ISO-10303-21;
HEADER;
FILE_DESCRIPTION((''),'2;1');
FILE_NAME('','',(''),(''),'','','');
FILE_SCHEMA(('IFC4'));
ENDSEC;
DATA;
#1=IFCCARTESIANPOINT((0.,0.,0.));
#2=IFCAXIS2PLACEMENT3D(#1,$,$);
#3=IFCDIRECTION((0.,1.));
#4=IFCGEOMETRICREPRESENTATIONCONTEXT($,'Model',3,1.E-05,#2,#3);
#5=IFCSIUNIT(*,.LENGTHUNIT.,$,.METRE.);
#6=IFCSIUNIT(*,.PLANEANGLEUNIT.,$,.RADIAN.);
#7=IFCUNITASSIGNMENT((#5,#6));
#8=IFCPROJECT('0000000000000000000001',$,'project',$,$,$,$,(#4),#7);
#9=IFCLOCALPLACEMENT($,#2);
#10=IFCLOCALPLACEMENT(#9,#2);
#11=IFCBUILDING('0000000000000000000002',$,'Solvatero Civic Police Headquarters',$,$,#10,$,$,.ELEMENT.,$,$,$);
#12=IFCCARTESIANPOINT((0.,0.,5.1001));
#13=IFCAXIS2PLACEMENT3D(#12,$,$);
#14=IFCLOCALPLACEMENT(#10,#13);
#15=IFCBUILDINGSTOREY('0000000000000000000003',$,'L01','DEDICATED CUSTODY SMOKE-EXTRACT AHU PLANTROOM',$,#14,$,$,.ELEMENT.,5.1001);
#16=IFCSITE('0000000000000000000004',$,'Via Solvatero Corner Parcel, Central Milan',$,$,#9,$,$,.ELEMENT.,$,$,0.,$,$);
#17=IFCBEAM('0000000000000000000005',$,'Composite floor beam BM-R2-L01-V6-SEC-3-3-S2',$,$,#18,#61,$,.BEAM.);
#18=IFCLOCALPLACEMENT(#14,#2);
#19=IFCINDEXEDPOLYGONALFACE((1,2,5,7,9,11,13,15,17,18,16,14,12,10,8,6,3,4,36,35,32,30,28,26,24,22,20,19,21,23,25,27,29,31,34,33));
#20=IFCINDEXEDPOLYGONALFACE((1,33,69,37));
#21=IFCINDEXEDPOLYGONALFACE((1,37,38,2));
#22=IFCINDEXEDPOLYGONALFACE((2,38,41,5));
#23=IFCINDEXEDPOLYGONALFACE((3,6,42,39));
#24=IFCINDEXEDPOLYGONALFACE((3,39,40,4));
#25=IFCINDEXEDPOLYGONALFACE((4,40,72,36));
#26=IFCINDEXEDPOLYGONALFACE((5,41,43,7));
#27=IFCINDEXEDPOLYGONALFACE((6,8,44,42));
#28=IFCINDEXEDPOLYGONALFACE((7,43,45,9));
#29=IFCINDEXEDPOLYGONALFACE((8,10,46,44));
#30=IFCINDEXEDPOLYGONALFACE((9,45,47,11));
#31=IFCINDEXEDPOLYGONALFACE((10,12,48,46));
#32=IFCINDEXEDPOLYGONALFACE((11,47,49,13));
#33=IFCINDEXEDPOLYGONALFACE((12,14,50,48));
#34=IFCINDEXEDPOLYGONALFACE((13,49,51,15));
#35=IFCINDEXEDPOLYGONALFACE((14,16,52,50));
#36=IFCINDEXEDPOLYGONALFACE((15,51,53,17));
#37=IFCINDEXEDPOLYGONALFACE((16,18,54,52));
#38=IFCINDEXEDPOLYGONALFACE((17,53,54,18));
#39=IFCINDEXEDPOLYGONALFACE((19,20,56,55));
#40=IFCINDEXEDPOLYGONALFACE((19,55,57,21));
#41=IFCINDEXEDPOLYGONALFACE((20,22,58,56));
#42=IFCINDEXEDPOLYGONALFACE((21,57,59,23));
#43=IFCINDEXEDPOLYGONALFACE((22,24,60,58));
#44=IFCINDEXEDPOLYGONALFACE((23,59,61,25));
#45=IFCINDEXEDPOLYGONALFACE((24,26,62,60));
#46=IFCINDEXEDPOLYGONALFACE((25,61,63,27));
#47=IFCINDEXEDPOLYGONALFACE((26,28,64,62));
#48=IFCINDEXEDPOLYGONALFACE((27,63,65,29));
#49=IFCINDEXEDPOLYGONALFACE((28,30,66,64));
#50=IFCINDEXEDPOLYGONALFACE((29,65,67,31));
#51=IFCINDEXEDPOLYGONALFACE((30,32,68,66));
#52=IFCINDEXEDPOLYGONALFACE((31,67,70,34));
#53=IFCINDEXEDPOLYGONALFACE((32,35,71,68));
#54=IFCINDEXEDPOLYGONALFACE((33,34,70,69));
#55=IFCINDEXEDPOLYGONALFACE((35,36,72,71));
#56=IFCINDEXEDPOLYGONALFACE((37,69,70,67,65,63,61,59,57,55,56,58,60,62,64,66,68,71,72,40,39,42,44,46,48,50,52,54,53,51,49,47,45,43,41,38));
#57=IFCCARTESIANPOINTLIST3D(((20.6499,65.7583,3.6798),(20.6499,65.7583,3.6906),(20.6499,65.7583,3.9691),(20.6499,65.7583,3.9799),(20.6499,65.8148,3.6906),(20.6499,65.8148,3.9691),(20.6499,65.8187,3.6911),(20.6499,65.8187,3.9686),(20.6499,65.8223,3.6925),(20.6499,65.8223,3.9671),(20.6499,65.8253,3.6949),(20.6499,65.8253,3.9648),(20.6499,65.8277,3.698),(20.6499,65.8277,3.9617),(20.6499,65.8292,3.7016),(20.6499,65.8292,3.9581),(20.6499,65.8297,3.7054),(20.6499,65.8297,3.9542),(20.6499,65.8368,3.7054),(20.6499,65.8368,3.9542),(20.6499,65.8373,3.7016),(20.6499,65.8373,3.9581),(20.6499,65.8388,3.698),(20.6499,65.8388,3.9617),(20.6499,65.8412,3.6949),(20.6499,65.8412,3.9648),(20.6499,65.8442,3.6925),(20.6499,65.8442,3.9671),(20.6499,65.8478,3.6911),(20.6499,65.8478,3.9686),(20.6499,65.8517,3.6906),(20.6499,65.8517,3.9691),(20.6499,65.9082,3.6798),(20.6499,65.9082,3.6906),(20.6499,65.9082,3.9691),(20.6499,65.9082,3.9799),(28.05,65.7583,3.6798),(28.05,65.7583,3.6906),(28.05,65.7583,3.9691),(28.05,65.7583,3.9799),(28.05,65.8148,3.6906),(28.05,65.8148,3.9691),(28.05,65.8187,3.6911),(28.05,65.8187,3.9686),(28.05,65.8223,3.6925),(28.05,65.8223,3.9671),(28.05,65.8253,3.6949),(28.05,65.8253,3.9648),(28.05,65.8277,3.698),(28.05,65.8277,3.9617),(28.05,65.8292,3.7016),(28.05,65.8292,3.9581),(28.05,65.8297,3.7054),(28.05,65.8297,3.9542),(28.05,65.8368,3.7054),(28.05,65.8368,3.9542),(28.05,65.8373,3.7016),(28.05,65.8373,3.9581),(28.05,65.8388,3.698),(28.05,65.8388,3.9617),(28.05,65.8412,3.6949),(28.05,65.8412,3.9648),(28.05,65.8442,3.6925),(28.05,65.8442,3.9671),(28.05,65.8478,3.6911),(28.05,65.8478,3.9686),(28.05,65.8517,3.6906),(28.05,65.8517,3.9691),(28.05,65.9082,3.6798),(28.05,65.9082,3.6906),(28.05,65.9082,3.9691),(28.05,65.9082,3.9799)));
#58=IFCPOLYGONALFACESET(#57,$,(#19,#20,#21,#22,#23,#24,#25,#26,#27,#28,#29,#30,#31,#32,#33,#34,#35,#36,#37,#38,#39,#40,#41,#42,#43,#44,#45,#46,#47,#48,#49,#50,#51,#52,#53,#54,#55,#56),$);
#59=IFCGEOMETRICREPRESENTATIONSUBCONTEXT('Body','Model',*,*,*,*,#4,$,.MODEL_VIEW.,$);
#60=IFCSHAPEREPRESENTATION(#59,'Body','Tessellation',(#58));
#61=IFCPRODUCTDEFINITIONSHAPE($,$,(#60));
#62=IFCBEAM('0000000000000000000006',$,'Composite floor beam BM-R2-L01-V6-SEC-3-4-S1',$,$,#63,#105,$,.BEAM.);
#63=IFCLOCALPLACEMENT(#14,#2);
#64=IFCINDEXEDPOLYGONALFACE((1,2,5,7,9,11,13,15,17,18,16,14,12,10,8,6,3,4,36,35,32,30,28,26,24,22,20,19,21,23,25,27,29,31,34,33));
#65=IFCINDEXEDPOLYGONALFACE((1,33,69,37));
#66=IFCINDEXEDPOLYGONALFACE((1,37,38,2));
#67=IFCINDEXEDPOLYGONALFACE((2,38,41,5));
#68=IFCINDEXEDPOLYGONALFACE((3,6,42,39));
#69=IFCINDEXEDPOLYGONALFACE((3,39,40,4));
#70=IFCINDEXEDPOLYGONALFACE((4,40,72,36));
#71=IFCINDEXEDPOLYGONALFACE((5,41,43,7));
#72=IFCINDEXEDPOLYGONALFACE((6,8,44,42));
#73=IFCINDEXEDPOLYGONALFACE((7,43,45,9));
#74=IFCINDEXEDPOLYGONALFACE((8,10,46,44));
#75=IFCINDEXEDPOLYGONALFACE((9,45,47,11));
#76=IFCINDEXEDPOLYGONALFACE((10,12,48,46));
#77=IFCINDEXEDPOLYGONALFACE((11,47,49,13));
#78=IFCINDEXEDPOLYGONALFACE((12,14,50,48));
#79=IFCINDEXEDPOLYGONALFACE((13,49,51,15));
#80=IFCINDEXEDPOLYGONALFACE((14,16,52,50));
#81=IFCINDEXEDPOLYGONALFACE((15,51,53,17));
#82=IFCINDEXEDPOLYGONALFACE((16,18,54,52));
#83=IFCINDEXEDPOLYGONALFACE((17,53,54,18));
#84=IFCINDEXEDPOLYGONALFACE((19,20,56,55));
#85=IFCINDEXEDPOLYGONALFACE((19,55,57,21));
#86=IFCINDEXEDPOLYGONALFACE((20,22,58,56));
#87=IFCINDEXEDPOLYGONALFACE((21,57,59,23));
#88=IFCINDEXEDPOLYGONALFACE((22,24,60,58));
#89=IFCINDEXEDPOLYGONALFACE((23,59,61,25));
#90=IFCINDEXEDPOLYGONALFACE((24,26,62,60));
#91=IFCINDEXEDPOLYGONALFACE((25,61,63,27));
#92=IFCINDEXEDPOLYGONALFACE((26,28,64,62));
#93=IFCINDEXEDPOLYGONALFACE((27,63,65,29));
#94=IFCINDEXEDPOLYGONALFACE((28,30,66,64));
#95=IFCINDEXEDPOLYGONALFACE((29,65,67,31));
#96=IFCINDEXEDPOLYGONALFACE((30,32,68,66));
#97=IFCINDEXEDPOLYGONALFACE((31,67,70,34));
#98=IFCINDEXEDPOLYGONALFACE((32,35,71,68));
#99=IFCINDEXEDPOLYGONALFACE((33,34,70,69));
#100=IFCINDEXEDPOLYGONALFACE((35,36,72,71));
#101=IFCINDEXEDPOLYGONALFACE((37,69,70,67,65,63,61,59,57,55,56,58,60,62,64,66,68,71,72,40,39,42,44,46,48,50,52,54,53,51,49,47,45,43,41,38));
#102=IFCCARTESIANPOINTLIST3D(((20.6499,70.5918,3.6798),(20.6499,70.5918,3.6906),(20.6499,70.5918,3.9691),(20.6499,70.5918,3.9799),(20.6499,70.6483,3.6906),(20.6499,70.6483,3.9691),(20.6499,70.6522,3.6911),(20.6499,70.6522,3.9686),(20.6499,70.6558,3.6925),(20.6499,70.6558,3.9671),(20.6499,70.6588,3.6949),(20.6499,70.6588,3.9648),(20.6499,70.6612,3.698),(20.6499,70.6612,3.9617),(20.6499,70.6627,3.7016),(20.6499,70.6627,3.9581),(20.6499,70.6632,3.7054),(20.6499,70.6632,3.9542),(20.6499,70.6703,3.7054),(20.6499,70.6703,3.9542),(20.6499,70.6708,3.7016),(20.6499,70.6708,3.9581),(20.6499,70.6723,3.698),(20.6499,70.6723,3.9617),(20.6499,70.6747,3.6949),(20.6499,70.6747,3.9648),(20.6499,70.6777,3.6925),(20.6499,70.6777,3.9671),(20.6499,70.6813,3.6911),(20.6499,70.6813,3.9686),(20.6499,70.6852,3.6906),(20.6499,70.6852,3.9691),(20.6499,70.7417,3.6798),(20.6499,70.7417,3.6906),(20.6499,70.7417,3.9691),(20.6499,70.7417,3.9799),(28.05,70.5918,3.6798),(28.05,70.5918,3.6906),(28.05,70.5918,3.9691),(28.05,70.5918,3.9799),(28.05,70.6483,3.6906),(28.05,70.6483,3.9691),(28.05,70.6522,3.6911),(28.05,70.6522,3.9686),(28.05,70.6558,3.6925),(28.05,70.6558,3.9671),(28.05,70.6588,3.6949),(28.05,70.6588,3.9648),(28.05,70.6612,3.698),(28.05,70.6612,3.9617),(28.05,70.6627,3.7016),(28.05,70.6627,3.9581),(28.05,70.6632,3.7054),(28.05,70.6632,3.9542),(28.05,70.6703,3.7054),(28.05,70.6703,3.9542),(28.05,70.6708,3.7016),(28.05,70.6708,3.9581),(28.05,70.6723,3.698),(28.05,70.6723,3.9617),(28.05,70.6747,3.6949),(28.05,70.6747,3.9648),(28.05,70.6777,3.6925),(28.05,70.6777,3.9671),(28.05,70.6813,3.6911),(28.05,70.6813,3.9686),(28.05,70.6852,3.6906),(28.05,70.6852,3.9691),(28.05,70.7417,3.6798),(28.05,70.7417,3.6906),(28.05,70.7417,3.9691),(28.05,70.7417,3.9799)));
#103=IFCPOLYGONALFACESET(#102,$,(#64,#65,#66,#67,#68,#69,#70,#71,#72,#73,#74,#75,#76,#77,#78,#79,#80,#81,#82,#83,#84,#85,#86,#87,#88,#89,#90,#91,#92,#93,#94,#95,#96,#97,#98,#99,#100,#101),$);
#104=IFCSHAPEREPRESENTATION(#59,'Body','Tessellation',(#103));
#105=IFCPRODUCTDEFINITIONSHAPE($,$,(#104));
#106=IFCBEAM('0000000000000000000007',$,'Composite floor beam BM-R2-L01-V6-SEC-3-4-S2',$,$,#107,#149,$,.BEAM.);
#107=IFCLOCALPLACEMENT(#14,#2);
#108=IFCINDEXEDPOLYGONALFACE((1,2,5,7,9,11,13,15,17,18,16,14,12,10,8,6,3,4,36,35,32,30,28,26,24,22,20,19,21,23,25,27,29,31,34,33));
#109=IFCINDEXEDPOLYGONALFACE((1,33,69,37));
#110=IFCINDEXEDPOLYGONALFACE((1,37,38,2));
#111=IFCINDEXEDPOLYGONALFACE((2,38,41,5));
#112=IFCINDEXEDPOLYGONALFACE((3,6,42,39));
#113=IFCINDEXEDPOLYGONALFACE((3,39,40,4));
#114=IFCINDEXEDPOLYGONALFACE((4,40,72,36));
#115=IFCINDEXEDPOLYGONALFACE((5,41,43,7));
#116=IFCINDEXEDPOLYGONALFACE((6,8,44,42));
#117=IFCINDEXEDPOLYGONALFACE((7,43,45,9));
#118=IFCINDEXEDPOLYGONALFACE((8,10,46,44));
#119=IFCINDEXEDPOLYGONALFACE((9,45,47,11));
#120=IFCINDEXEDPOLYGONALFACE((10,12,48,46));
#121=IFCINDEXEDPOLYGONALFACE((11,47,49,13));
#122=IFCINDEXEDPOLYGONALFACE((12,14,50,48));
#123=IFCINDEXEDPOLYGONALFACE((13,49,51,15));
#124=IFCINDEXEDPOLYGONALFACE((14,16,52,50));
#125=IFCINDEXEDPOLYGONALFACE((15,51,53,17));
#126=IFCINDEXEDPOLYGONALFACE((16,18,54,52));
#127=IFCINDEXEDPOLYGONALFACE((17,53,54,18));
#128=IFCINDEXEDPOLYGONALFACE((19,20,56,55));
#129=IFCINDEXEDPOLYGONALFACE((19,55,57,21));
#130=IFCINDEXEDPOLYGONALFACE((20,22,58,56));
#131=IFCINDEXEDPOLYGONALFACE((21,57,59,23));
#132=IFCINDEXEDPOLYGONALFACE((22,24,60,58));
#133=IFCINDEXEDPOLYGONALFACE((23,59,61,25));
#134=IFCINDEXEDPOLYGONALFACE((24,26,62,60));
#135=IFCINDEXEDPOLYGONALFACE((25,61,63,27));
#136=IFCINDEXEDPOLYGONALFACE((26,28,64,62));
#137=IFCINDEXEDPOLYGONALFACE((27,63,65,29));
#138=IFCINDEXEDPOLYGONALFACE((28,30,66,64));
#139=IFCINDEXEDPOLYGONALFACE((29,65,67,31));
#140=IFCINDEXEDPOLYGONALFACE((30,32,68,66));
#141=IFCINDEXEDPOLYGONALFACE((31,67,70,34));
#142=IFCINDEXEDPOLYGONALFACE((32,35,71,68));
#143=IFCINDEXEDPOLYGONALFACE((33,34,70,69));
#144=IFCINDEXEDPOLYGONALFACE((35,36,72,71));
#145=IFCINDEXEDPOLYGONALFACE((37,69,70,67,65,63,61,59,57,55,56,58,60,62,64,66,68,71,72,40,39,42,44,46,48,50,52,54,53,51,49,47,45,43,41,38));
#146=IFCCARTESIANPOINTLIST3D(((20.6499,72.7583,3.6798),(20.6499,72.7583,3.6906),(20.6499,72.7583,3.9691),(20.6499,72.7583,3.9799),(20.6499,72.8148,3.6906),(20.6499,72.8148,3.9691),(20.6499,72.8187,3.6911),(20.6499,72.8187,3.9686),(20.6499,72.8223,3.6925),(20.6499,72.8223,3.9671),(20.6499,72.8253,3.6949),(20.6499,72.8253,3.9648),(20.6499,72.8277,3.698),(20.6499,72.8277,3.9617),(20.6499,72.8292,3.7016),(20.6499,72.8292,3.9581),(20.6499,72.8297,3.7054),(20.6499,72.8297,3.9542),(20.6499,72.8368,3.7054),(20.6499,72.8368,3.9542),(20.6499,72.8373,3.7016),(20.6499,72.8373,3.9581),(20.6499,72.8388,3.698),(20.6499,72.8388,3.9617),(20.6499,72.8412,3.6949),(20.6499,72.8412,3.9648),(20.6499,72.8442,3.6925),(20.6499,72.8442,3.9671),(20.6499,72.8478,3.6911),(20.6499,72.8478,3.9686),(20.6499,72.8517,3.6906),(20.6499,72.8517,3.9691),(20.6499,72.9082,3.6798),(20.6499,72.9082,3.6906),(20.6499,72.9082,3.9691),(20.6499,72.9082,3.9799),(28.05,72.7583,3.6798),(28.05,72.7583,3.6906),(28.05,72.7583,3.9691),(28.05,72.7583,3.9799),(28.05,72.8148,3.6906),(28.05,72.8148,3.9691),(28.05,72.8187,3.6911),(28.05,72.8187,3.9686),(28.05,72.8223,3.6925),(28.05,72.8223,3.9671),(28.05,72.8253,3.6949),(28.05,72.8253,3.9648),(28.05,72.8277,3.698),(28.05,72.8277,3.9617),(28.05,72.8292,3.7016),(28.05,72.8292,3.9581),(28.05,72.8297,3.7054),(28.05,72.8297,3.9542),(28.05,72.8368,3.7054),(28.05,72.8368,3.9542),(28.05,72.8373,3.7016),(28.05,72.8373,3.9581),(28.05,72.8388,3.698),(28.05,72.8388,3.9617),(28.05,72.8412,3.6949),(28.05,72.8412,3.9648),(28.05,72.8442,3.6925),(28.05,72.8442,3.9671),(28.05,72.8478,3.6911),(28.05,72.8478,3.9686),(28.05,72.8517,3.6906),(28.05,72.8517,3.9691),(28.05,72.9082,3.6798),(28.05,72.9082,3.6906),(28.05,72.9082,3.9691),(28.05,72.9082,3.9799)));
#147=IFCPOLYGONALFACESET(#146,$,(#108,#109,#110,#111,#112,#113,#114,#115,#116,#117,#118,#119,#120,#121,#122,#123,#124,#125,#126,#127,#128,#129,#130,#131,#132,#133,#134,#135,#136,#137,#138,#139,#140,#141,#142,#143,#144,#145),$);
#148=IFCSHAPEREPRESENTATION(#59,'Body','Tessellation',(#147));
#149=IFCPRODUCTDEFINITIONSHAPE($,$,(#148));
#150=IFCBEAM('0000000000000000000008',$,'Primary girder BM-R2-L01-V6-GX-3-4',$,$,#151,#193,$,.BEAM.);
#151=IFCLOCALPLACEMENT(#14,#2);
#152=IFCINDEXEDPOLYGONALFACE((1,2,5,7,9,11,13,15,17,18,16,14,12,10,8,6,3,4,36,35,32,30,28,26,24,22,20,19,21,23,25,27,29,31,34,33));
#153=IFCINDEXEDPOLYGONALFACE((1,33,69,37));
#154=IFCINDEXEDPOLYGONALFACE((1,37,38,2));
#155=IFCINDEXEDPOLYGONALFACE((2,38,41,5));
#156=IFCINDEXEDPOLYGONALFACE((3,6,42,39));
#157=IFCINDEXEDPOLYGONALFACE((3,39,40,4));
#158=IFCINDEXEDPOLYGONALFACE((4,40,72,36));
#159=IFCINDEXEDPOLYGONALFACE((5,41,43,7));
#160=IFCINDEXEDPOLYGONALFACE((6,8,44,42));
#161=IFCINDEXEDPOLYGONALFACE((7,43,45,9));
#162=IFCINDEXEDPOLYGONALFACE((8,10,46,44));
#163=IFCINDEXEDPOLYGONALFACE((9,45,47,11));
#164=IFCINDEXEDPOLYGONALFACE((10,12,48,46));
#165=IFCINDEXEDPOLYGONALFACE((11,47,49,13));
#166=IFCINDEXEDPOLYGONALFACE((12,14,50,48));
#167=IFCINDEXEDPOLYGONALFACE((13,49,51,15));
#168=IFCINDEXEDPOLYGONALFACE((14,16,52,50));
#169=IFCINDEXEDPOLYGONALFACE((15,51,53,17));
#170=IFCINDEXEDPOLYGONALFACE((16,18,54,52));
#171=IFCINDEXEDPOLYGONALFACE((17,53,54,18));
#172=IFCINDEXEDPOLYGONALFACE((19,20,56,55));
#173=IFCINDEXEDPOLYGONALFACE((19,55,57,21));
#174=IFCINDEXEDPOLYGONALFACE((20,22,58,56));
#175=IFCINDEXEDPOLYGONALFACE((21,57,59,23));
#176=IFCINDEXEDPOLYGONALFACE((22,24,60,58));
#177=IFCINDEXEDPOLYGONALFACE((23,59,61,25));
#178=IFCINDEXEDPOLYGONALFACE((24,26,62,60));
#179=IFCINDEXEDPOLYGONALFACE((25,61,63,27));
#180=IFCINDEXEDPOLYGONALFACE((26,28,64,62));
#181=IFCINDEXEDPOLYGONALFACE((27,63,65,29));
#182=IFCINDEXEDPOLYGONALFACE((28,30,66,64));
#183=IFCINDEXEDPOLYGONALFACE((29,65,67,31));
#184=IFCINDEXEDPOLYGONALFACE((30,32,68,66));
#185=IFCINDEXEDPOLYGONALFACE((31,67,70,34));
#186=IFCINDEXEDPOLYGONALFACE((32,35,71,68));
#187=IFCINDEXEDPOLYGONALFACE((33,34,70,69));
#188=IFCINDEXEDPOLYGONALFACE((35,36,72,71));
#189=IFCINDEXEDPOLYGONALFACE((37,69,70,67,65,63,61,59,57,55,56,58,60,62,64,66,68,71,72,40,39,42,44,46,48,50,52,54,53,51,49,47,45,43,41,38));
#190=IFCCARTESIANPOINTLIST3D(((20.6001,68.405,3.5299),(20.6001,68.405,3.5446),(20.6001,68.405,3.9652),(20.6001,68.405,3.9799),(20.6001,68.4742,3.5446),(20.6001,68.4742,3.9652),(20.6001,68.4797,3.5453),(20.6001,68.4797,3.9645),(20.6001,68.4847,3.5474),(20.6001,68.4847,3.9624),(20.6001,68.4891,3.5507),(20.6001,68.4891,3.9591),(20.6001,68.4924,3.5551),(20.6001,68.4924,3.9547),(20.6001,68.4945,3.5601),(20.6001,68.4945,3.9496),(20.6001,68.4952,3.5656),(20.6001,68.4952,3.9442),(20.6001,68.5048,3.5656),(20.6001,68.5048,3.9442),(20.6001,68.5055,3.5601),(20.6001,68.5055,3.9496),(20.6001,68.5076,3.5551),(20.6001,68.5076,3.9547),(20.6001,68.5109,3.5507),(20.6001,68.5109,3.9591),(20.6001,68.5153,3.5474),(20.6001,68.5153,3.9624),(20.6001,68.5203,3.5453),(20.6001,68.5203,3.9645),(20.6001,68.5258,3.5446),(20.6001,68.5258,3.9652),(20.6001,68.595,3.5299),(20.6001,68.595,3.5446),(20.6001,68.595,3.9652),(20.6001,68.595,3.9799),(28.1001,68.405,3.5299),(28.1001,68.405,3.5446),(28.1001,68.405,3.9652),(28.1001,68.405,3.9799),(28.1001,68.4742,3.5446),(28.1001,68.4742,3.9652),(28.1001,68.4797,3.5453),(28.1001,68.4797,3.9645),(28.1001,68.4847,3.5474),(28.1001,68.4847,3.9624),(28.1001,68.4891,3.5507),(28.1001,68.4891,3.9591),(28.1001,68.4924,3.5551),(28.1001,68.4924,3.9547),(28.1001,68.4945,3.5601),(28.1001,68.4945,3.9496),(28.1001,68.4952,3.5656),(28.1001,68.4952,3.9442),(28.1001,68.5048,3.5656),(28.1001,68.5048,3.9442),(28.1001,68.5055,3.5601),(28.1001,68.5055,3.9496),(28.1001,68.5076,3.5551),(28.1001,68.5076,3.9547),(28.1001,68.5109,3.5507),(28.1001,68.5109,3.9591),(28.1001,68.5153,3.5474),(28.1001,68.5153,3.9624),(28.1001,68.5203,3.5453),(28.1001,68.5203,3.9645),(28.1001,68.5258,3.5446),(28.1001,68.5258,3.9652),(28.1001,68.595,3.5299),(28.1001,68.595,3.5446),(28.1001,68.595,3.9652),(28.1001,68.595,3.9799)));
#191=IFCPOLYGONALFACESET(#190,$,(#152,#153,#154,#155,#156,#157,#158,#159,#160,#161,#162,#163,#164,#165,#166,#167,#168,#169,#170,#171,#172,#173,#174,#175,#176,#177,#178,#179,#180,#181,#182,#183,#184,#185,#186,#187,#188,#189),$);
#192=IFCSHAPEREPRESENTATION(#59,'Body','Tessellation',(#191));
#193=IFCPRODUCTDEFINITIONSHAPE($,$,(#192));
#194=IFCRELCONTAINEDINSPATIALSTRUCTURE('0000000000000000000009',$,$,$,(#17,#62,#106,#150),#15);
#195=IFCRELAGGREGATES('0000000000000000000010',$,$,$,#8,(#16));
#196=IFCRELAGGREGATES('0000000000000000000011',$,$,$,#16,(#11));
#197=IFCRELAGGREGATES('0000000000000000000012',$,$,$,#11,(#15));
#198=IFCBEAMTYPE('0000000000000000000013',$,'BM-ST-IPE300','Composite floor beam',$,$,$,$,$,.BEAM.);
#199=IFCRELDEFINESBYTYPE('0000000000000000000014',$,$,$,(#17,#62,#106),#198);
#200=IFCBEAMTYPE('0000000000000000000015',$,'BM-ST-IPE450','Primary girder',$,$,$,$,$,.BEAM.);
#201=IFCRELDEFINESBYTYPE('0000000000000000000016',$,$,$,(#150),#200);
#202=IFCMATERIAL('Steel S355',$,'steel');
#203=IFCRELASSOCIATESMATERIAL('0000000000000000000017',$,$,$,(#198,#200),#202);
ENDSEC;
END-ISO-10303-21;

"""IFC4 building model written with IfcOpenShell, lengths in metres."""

from ifc_helpers import new_model, si_unit, direction, frame, origin, origin_2d, place, context, subcontext, project, spatial, i_section, extrude, material, material_profile, profile_set, type_object, element, save


model = new_model("IFC4")

# Units and contexts
model_context = context("Model", 3, precision=1e-05, world=origin(), true_north=direction((0.0, 1.0)))
body_context = subcontext(model_context, "Body", "Model", "MODEL_VIEW")
ifc_project = project(units=[si_unit("LENGTHUNIT", "METRE"), si_unit("PLANEANGLEUNIT", "RADIAN")], contexts=[model_context])

# Site, building, storey
site_placement = place(None, origin())
site = spatial("IfcSite", under=ifc_project, at=site_placement, Name="Via Solvatero Corner Parcel, Central Milan", CompositionType="ELEMENT", RefElevation=0.0)
building_placement = place(site_placement, origin())
building = spatial("IfcBuilding", under=site, at=building_placement, Name="Solvatero Civic Police Headquarters", CompositionType="ELEMENT")
storey_placement = place(building_placement, frame((0.0, 0.0, 5.1001)))
storey = spatial("IfcBuildingStorey", under=building, at=storey_placement, Name="L01", Description="DEDICATED CUSTODY SMOKE-EXTRACT AHU PLANTROOM", CompositionType="ELEMENT", Elevation=5.1001)

# Shared definitions
ifc_material_1 = material(Name="Steel S355", Category="steel")

# Beams
ifc_material_profile_1 = material_profile(ifc_material_1, i_section(OverallWidth=0.1499, OverallDepth=0.3, WebThickness=0.0071, FlangeThickness=0.0107, FilletRadius=0.0149, at=origin_2d()), Name="IPE 300")
ifc_profile_set_1 = profile_set([ifc_material_profile_1], Name="Steel S355")
beam_type_1 = type_object("IfcBeamType", Name="BM-ST-IPE300", Description="Composite floor beam", PredefinedType="BEAM", material=ifc_profile_set_1)
for number, where, z_axis, x_axis, name in (
    (1, (20.6499, 65.8333, 3.8298), (1.0, 0.0, 0.0), (0.0, 1.0, 0.0), "Composite floor beam BM-R2-L01-V6-SEC-3-3-S2"),
    (2, (20.6499, 70.6667, 3.8298), (1.0, 0.0, 0.0), (0.0, 1.0, 0.0), "Composite floor beam BM-R2-L01-V6-SEC-3-4-S1"),
    (3, (20.6499, 72.8333, 3.8298), (1.0, 0.0, 0.0), (0.0, 1.0, 0.0), "Composite floor beam BM-R2-L01-V6-SEC-3-4-S2"),
):
    element("IfcBeam", number, at=place(storey_placement, frame(where, z_axis=z_axis, x_axis=x_axis)), inside=storey, type_object=beam_type_1, Name=name, PredefinedType="BEAM", context=body_context, shape_type="SweptSolid", body=[
        extrude(i_section(OverallWidth=0.1499, OverallDepth=0.3, WebThickness=0.0071, FlangeThickness=0.0107, FilletRadius=0.0149, at=origin_2d()), origin(), (0.0, 0.0, 1.0), 7.4001),
    ])
ifc_material_profile_2 = material_profile(ifc_material_1, i_section(OverallWidth=0.1899, OverallDepth=0.45, WebThickness=0.0095, FlangeThickness=0.0146, FilletRadius=0.021, at=origin_2d()), Name="IPE 450")
ifc_profile_set_2 = profile_set([ifc_material_profile_2], Name="Steel S355")
beam_type_2 = type_object("IfcBeamType", Name="BM-ST-IPE450", Description="Primary girder", PredefinedType="BEAM", material=ifc_profile_set_2)
for number, where, z_axis, x_axis, name in (
    (4, (20.6001, 68.5, 3.7549), (1.0, 0.0, 0.0), (0.0, 1.0, 0.0), "Primary girder BM-R2-L01-V6-GX-3-4"),
):
    element("IfcBeam", number, at=place(storey_placement, frame(where, z_axis=z_axis, x_axis=x_axis)), inside=storey, type_object=beam_type_2, Name=name, PredefinedType="BEAM", context=body_context, shape_type="SweptSolid", body=[
        extrude(i_section(OverallWidth=0.1899, OverallDepth=0.45, WebThickness=0.0095, FlangeThickness=0.0146, FilletRadius=0.021, at=origin_2d()), origin(), (0.0, 0.0, 1.0), 7.5),
    ])

save(model, "model.ifc")
